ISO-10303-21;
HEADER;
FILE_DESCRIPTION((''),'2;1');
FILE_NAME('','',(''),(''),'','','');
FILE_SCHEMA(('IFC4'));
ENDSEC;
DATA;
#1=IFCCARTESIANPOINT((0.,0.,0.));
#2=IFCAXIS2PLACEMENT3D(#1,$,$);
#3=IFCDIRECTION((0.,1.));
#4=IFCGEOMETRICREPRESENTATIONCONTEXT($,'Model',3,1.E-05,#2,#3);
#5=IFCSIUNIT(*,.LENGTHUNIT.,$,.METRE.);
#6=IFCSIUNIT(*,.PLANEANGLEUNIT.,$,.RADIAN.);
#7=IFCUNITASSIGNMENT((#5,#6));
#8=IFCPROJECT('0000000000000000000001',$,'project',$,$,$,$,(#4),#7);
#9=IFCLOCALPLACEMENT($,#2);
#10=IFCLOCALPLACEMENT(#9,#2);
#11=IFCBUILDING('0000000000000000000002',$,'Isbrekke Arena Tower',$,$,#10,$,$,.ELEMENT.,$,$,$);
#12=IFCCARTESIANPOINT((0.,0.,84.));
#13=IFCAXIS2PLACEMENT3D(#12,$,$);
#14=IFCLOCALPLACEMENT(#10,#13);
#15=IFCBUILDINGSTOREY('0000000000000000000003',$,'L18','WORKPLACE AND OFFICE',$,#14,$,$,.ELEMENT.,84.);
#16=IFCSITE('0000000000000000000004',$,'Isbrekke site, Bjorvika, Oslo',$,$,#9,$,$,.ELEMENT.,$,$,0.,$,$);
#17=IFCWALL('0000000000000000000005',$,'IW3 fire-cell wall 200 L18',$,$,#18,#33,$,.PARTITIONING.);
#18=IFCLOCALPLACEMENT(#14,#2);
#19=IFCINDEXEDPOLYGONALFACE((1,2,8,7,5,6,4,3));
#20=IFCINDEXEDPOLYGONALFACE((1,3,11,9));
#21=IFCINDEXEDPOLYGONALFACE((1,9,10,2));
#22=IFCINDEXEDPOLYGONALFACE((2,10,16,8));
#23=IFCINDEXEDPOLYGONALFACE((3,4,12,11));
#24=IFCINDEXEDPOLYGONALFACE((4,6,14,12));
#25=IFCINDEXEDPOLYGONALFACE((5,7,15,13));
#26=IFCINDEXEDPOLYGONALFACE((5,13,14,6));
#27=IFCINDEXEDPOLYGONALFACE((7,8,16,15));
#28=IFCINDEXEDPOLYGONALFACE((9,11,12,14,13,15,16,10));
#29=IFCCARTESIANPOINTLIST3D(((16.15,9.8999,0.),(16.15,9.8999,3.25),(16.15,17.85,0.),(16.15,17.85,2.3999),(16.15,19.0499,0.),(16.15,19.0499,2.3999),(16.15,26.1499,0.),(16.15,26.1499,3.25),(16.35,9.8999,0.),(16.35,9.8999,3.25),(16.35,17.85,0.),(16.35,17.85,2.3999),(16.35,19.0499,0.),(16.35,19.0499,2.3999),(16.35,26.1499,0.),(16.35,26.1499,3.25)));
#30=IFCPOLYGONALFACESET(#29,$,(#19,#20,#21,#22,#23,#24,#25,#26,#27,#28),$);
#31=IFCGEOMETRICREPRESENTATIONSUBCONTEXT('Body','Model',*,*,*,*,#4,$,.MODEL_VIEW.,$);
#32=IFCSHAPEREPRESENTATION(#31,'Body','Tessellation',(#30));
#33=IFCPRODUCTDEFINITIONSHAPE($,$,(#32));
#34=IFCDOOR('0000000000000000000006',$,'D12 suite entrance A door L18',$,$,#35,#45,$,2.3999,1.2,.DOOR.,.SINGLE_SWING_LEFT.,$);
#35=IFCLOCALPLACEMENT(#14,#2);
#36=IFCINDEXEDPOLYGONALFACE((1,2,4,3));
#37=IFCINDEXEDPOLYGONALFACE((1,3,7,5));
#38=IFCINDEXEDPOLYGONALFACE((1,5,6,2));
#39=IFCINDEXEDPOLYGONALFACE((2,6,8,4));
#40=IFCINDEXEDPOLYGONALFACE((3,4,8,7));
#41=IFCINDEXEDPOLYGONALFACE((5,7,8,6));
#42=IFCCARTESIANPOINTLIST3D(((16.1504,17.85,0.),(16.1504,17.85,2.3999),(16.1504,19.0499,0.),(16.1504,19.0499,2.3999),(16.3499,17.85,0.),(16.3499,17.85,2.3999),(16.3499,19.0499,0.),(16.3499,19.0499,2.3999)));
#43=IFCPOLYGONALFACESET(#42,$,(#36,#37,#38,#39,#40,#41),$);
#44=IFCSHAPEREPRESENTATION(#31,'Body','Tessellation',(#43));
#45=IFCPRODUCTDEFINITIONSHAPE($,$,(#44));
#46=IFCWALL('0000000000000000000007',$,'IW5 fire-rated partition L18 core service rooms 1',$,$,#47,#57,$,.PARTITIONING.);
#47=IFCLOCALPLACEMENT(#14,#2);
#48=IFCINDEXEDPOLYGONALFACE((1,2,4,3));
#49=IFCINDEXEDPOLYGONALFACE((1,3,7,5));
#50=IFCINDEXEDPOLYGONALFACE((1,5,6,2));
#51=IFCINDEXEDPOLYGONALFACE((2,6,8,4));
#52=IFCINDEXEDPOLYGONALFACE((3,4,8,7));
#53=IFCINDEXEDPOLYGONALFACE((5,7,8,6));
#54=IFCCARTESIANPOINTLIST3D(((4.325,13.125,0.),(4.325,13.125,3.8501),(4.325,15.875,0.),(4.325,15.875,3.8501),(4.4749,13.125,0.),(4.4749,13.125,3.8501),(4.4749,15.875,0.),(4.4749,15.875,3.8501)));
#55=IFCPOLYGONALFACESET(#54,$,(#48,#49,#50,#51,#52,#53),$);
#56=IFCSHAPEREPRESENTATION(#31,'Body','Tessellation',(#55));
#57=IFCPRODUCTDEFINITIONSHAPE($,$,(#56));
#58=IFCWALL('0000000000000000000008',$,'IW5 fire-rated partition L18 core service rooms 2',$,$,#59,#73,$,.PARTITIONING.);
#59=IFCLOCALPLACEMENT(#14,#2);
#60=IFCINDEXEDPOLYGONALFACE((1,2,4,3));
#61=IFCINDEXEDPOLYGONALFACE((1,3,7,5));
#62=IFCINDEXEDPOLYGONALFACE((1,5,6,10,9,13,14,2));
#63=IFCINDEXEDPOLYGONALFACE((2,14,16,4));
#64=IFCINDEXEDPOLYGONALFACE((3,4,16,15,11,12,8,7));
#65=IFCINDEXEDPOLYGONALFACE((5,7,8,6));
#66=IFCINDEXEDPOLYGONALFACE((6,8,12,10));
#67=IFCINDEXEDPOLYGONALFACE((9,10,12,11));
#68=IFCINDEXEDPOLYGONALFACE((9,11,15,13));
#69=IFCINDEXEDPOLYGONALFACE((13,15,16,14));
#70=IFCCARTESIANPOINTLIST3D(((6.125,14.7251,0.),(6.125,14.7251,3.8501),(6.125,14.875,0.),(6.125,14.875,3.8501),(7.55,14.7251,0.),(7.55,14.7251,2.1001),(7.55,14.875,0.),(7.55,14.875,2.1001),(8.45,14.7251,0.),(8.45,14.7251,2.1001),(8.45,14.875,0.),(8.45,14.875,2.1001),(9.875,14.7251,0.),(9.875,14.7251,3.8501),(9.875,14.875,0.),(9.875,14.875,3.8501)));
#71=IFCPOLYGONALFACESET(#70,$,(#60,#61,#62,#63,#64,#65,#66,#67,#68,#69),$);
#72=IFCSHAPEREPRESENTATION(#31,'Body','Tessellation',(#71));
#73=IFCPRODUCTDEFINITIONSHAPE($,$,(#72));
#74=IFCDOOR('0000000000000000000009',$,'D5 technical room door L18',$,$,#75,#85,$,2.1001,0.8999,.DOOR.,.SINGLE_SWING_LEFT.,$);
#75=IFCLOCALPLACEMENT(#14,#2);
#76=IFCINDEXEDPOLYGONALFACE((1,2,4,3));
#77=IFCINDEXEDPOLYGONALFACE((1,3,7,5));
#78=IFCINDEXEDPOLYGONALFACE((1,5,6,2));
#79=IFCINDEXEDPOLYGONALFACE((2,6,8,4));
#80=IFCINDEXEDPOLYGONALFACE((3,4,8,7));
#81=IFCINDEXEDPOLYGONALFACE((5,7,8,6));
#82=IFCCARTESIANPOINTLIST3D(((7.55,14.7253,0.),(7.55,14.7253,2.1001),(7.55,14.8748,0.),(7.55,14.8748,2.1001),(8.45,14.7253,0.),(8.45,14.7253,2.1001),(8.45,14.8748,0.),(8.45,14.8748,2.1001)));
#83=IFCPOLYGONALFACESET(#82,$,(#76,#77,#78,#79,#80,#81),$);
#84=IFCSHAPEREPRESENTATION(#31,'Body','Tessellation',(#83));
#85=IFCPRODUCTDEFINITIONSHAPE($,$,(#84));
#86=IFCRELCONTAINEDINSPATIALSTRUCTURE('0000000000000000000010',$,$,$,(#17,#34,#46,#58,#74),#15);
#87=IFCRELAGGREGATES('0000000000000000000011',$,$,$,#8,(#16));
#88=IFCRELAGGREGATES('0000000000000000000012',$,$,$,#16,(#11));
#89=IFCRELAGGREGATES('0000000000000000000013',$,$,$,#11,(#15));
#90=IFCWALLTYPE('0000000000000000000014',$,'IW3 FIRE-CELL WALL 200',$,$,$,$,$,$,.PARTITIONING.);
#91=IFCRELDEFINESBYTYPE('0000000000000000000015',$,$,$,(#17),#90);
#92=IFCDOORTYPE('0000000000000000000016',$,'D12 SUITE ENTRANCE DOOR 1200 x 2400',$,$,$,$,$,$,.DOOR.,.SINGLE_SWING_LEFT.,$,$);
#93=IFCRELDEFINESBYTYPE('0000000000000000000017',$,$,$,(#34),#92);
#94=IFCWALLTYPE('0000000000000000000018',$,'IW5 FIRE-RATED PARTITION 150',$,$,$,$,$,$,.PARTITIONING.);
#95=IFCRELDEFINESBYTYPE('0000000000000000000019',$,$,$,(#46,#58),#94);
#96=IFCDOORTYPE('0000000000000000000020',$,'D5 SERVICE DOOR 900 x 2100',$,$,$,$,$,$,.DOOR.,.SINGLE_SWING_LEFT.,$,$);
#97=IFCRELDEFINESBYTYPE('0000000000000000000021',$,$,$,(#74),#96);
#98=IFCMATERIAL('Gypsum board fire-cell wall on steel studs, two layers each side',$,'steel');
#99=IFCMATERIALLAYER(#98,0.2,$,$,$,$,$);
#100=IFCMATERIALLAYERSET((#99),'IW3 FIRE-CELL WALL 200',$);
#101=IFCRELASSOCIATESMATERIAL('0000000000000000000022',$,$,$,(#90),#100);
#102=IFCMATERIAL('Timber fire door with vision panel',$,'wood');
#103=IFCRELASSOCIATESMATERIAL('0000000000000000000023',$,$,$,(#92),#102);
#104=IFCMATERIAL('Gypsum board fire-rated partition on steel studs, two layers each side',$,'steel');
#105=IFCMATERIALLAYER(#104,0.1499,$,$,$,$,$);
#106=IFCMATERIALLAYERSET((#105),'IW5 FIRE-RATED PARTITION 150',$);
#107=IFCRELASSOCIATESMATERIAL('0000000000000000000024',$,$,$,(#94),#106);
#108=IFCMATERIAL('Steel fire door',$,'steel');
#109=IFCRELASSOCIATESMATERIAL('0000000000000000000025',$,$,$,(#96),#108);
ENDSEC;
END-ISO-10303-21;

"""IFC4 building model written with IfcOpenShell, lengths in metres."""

from ifc_helpers import new_model, si_unit, direction, frame, frame_2d, origin, place, context, subcontext, project, spatial, rectangle, extrude, material, layer, layer_set, type_object, element, fill, save


model = new_model("IFC4")

# Units and contexts
model_context = context("Model", 3, precision=1e-05, world=origin(), true_north=direction((0.0, 1.0)))
body_context = subcontext(model_context, "Body", "Model", "MODEL_VIEW")
ifc_project = project(units=[si_unit("LENGTHUNIT", "METRE"), si_unit("PLANEANGLEUNIT", "RADIAN")], contexts=[model_context])

# Site, building, storey
site_placement = place(None, origin())
site = spatial("IfcSite", under=ifc_project, at=site_placement, Name="Isbrekke site, Bjorvika, Oslo", CompositionType="ELEMENT", RefElevation=0.0)
building_placement = place(site_placement, origin())
building = spatial("IfcBuilding", under=site, at=building_placement, Name="Isbrekke Arena Tower", CompositionType="ELEMENT")
storey_placement = place(building_placement, frame((0.0, 0.0, 84.0)))
storey = spatial("IfcBuildingStorey", under=building, at=storey_placement, Name="L18", Description="WORKPLACE AND OFFICE", CompositionType="ELEMENT", Elevation=84.0)

# Shared definitions
ifc_material_1 = material(Name="Gypsum board fire-cell wall on steel studs, two layers each side", Category="steel")
ifc_layer_1 = layer(ifc_material_1, 0.2)
ifc_layer_set_1 = layer_set([ifc_layer_1], Name="IW3 FIRE-CELL WALL 200")
wall_type_1 = type_object("IfcWallType", Name="IW3 FIRE-CELL WALL 200", PredefinedType="PARTITIONING", material=ifc_layer_set_1)

# Wall, opening, door
wall_1_placement = place(storey_placement, frame((16.25, 9.8999, 0.0), z_axis=(0.0, 0.0, 1.0), x_axis=(0.0, 1.0, 0.0)))
wall_1 = element("IfcWall", 1, at=wall_1_placement, inside=storey, type_object=wall_type_1, Name="IW3 fire-cell wall 200 L18", PredefinedType="PARTITIONING", context=body_context, shape_type="SweptSolid", body=[
    extrude(rectangle(XDim=16.25, YDim=0.2, at=frame_2d((8.125, 0.0))), origin(), (0.0, 0.0, 1.0), 3.25),
])
opening_1_placement = place(wall_1_placement, frame((7.95, 0.0, 0.0)))
opening_1 = element("IfcOpeningElement", 2, at=opening_1_placement, cuts=wall_1, PredefinedType="OPENING", context=body_context, shape_type="SweptSolid", body=[
    extrude(rectangle(XDim=1.2, YDim=2.3999, at=frame_2d((0.6001, 1.2))), frame((0.0, 0.1147, 0.0), z_axis=(0.0, -1.0, 0.0), x_axis=(1.0, 0.0, 0.0)), (0.0, 0.0, 1.0), 0.2297),
])
ifc_material_2 = material(Name="Timber fire door with vision panel", Category="wood")
door_type_1 = type_object("IfcDoorType", Name="D12 SUITE ENTRANCE DOOR 1200 x 2400", OperationType="SINGLE_SWING_LEFT", PredefinedType="DOOR", material=ifc_material_2)
door_1_placement = place(opening_1_placement, origin())
door_1 = element("IfcDoor", 3, at=door_1_placement, inside=storey, type_object=door_type_1, Name="D12 suite entrance A door L18", OperationType="SINGLE_SWING_LEFT", OverallHeight=2.3999, OverallWidth=1.2, PredefinedType="DOOR", context=body_context, shape_type="SweptSolid", body=[
    extrude(rectangle(XDim=1.2, YDim=2.3999, at=frame_2d((0.6001, 1.2))), frame((0.0, 0.0996, 0.0), z_axis=(0.0, -1.0, 0.0), x_axis=(1.0, 0.0, 0.0)), (0.0, 0.0, 1.0), 0.1995),
])
fill(opening_1, door_1)

# Wall
ifc_material_3 = material(Name="Gypsum board fire-rated partition on steel studs, two layers each side", Category="steel")
ifc_layer_2 = layer(ifc_material_3, 0.1499)
ifc_layer_set_2 = layer_set([ifc_layer_2], Name="IW5 FIRE-RATED PARTITION 150")
wall_type_2 = type_object("IfcWallType", Name="IW5 FIRE-RATED PARTITION 150", PredefinedType="PARTITIONING", material=ifc_layer_set_2)
wall_2_placement = place(storey_placement, frame((4.3999, 13.125, 0.0), z_axis=(0.0, 0.0, 1.0), x_axis=(0.0, 1.0, 0.0)))
element("IfcWall", 4, at=wall_2_placement, inside=storey, type_object=wall_type_2, Name="IW5 fire-rated partition L18 core service rooms 1", PredefinedType="PARTITIONING", context=body_context, shape_type="SweptSolid", body=[
    extrude(rectangle(XDim=2.75, YDim=0.1499, at=frame_2d((1.375, 0.0))), origin(), (0.0, 0.0, 1.0), 3.8501),
])

# Wall, opening, door
wall_3_placement = place(storey_placement, frame((6.125, 14.8, 0.0), z_axis=(0.0, 0.0, 1.0), x_axis=(1.0, 0.0, 0.0)))
wall_3 = element("IfcWall", 5, at=wall_3_placement, inside=storey, type_object=wall_type_2, Name="IW5 fire-rated partition L18 core service rooms 2", PredefinedType="PARTITIONING", context=body_context, shape_type="SweptSolid", body=[
    extrude(rectangle(XDim=3.75, YDim=0.1499, at=frame_2d((1.875, 0.0))), origin(), (0.0, 0.0, 1.0), 3.8501),
])
opening_2_placement = place(wall_3_placement, frame((1.425, 0.0, 0.0)))
opening_2 = element("IfcOpeningElement", 6, at=opening_2_placement, cuts=wall_3, PredefinedType="OPENING", context=body_context, shape_type="SweptSolid", body=[
    extrude(rectangle(XDim=0.8999, YDim=2.1001, at=frame_2d((0.45, 1.05))), frame((0.0, 0.0898, 0.0), z_axis=(0.0, -1.0, 0.0), x_axis=(1.0, 0.0, 0.0)), (0.0, 0.0, 1.0), 0.1797),
])
ifc_material_4 = material(Name="Steel fire door", Category="steel")
door_type_2 = type_object("IfcDoorType", Name="D5 SERVICE DOOR 900 x 2100", OperationType="SINGLE_SWING_LEFT", PredefinedType="DOOR", material=ifc_material_4)
door_2_placement = place(opening_2_placement, origin())
door_2 = element("IfcDoor", 7, at=door_2_placement, inside=storey, type_object=door_type_2, Name="D5 technical room door L18", OperationType="SINGLE_SWING_LEFT", OverallHeight=2.1001, OverallWidth=0.8999, PredefinedType="DOOR", context=body_context, shape_type="SweptSolid", body=[
    extrude(rectangle(XDim=0.8999, YDim=2.1001, at=frame_2d((0.45, 1.05))), frame((0.0, 0.0747, 0.0), z_axis=(0.0, -1.0, 0.0), x_axis=(1.0, 0.0, 0.0)), (0.0, 0.0, 1.0), 0.1494),
])
fill(opening_2, door_2)

save(model, "model.ifc")
